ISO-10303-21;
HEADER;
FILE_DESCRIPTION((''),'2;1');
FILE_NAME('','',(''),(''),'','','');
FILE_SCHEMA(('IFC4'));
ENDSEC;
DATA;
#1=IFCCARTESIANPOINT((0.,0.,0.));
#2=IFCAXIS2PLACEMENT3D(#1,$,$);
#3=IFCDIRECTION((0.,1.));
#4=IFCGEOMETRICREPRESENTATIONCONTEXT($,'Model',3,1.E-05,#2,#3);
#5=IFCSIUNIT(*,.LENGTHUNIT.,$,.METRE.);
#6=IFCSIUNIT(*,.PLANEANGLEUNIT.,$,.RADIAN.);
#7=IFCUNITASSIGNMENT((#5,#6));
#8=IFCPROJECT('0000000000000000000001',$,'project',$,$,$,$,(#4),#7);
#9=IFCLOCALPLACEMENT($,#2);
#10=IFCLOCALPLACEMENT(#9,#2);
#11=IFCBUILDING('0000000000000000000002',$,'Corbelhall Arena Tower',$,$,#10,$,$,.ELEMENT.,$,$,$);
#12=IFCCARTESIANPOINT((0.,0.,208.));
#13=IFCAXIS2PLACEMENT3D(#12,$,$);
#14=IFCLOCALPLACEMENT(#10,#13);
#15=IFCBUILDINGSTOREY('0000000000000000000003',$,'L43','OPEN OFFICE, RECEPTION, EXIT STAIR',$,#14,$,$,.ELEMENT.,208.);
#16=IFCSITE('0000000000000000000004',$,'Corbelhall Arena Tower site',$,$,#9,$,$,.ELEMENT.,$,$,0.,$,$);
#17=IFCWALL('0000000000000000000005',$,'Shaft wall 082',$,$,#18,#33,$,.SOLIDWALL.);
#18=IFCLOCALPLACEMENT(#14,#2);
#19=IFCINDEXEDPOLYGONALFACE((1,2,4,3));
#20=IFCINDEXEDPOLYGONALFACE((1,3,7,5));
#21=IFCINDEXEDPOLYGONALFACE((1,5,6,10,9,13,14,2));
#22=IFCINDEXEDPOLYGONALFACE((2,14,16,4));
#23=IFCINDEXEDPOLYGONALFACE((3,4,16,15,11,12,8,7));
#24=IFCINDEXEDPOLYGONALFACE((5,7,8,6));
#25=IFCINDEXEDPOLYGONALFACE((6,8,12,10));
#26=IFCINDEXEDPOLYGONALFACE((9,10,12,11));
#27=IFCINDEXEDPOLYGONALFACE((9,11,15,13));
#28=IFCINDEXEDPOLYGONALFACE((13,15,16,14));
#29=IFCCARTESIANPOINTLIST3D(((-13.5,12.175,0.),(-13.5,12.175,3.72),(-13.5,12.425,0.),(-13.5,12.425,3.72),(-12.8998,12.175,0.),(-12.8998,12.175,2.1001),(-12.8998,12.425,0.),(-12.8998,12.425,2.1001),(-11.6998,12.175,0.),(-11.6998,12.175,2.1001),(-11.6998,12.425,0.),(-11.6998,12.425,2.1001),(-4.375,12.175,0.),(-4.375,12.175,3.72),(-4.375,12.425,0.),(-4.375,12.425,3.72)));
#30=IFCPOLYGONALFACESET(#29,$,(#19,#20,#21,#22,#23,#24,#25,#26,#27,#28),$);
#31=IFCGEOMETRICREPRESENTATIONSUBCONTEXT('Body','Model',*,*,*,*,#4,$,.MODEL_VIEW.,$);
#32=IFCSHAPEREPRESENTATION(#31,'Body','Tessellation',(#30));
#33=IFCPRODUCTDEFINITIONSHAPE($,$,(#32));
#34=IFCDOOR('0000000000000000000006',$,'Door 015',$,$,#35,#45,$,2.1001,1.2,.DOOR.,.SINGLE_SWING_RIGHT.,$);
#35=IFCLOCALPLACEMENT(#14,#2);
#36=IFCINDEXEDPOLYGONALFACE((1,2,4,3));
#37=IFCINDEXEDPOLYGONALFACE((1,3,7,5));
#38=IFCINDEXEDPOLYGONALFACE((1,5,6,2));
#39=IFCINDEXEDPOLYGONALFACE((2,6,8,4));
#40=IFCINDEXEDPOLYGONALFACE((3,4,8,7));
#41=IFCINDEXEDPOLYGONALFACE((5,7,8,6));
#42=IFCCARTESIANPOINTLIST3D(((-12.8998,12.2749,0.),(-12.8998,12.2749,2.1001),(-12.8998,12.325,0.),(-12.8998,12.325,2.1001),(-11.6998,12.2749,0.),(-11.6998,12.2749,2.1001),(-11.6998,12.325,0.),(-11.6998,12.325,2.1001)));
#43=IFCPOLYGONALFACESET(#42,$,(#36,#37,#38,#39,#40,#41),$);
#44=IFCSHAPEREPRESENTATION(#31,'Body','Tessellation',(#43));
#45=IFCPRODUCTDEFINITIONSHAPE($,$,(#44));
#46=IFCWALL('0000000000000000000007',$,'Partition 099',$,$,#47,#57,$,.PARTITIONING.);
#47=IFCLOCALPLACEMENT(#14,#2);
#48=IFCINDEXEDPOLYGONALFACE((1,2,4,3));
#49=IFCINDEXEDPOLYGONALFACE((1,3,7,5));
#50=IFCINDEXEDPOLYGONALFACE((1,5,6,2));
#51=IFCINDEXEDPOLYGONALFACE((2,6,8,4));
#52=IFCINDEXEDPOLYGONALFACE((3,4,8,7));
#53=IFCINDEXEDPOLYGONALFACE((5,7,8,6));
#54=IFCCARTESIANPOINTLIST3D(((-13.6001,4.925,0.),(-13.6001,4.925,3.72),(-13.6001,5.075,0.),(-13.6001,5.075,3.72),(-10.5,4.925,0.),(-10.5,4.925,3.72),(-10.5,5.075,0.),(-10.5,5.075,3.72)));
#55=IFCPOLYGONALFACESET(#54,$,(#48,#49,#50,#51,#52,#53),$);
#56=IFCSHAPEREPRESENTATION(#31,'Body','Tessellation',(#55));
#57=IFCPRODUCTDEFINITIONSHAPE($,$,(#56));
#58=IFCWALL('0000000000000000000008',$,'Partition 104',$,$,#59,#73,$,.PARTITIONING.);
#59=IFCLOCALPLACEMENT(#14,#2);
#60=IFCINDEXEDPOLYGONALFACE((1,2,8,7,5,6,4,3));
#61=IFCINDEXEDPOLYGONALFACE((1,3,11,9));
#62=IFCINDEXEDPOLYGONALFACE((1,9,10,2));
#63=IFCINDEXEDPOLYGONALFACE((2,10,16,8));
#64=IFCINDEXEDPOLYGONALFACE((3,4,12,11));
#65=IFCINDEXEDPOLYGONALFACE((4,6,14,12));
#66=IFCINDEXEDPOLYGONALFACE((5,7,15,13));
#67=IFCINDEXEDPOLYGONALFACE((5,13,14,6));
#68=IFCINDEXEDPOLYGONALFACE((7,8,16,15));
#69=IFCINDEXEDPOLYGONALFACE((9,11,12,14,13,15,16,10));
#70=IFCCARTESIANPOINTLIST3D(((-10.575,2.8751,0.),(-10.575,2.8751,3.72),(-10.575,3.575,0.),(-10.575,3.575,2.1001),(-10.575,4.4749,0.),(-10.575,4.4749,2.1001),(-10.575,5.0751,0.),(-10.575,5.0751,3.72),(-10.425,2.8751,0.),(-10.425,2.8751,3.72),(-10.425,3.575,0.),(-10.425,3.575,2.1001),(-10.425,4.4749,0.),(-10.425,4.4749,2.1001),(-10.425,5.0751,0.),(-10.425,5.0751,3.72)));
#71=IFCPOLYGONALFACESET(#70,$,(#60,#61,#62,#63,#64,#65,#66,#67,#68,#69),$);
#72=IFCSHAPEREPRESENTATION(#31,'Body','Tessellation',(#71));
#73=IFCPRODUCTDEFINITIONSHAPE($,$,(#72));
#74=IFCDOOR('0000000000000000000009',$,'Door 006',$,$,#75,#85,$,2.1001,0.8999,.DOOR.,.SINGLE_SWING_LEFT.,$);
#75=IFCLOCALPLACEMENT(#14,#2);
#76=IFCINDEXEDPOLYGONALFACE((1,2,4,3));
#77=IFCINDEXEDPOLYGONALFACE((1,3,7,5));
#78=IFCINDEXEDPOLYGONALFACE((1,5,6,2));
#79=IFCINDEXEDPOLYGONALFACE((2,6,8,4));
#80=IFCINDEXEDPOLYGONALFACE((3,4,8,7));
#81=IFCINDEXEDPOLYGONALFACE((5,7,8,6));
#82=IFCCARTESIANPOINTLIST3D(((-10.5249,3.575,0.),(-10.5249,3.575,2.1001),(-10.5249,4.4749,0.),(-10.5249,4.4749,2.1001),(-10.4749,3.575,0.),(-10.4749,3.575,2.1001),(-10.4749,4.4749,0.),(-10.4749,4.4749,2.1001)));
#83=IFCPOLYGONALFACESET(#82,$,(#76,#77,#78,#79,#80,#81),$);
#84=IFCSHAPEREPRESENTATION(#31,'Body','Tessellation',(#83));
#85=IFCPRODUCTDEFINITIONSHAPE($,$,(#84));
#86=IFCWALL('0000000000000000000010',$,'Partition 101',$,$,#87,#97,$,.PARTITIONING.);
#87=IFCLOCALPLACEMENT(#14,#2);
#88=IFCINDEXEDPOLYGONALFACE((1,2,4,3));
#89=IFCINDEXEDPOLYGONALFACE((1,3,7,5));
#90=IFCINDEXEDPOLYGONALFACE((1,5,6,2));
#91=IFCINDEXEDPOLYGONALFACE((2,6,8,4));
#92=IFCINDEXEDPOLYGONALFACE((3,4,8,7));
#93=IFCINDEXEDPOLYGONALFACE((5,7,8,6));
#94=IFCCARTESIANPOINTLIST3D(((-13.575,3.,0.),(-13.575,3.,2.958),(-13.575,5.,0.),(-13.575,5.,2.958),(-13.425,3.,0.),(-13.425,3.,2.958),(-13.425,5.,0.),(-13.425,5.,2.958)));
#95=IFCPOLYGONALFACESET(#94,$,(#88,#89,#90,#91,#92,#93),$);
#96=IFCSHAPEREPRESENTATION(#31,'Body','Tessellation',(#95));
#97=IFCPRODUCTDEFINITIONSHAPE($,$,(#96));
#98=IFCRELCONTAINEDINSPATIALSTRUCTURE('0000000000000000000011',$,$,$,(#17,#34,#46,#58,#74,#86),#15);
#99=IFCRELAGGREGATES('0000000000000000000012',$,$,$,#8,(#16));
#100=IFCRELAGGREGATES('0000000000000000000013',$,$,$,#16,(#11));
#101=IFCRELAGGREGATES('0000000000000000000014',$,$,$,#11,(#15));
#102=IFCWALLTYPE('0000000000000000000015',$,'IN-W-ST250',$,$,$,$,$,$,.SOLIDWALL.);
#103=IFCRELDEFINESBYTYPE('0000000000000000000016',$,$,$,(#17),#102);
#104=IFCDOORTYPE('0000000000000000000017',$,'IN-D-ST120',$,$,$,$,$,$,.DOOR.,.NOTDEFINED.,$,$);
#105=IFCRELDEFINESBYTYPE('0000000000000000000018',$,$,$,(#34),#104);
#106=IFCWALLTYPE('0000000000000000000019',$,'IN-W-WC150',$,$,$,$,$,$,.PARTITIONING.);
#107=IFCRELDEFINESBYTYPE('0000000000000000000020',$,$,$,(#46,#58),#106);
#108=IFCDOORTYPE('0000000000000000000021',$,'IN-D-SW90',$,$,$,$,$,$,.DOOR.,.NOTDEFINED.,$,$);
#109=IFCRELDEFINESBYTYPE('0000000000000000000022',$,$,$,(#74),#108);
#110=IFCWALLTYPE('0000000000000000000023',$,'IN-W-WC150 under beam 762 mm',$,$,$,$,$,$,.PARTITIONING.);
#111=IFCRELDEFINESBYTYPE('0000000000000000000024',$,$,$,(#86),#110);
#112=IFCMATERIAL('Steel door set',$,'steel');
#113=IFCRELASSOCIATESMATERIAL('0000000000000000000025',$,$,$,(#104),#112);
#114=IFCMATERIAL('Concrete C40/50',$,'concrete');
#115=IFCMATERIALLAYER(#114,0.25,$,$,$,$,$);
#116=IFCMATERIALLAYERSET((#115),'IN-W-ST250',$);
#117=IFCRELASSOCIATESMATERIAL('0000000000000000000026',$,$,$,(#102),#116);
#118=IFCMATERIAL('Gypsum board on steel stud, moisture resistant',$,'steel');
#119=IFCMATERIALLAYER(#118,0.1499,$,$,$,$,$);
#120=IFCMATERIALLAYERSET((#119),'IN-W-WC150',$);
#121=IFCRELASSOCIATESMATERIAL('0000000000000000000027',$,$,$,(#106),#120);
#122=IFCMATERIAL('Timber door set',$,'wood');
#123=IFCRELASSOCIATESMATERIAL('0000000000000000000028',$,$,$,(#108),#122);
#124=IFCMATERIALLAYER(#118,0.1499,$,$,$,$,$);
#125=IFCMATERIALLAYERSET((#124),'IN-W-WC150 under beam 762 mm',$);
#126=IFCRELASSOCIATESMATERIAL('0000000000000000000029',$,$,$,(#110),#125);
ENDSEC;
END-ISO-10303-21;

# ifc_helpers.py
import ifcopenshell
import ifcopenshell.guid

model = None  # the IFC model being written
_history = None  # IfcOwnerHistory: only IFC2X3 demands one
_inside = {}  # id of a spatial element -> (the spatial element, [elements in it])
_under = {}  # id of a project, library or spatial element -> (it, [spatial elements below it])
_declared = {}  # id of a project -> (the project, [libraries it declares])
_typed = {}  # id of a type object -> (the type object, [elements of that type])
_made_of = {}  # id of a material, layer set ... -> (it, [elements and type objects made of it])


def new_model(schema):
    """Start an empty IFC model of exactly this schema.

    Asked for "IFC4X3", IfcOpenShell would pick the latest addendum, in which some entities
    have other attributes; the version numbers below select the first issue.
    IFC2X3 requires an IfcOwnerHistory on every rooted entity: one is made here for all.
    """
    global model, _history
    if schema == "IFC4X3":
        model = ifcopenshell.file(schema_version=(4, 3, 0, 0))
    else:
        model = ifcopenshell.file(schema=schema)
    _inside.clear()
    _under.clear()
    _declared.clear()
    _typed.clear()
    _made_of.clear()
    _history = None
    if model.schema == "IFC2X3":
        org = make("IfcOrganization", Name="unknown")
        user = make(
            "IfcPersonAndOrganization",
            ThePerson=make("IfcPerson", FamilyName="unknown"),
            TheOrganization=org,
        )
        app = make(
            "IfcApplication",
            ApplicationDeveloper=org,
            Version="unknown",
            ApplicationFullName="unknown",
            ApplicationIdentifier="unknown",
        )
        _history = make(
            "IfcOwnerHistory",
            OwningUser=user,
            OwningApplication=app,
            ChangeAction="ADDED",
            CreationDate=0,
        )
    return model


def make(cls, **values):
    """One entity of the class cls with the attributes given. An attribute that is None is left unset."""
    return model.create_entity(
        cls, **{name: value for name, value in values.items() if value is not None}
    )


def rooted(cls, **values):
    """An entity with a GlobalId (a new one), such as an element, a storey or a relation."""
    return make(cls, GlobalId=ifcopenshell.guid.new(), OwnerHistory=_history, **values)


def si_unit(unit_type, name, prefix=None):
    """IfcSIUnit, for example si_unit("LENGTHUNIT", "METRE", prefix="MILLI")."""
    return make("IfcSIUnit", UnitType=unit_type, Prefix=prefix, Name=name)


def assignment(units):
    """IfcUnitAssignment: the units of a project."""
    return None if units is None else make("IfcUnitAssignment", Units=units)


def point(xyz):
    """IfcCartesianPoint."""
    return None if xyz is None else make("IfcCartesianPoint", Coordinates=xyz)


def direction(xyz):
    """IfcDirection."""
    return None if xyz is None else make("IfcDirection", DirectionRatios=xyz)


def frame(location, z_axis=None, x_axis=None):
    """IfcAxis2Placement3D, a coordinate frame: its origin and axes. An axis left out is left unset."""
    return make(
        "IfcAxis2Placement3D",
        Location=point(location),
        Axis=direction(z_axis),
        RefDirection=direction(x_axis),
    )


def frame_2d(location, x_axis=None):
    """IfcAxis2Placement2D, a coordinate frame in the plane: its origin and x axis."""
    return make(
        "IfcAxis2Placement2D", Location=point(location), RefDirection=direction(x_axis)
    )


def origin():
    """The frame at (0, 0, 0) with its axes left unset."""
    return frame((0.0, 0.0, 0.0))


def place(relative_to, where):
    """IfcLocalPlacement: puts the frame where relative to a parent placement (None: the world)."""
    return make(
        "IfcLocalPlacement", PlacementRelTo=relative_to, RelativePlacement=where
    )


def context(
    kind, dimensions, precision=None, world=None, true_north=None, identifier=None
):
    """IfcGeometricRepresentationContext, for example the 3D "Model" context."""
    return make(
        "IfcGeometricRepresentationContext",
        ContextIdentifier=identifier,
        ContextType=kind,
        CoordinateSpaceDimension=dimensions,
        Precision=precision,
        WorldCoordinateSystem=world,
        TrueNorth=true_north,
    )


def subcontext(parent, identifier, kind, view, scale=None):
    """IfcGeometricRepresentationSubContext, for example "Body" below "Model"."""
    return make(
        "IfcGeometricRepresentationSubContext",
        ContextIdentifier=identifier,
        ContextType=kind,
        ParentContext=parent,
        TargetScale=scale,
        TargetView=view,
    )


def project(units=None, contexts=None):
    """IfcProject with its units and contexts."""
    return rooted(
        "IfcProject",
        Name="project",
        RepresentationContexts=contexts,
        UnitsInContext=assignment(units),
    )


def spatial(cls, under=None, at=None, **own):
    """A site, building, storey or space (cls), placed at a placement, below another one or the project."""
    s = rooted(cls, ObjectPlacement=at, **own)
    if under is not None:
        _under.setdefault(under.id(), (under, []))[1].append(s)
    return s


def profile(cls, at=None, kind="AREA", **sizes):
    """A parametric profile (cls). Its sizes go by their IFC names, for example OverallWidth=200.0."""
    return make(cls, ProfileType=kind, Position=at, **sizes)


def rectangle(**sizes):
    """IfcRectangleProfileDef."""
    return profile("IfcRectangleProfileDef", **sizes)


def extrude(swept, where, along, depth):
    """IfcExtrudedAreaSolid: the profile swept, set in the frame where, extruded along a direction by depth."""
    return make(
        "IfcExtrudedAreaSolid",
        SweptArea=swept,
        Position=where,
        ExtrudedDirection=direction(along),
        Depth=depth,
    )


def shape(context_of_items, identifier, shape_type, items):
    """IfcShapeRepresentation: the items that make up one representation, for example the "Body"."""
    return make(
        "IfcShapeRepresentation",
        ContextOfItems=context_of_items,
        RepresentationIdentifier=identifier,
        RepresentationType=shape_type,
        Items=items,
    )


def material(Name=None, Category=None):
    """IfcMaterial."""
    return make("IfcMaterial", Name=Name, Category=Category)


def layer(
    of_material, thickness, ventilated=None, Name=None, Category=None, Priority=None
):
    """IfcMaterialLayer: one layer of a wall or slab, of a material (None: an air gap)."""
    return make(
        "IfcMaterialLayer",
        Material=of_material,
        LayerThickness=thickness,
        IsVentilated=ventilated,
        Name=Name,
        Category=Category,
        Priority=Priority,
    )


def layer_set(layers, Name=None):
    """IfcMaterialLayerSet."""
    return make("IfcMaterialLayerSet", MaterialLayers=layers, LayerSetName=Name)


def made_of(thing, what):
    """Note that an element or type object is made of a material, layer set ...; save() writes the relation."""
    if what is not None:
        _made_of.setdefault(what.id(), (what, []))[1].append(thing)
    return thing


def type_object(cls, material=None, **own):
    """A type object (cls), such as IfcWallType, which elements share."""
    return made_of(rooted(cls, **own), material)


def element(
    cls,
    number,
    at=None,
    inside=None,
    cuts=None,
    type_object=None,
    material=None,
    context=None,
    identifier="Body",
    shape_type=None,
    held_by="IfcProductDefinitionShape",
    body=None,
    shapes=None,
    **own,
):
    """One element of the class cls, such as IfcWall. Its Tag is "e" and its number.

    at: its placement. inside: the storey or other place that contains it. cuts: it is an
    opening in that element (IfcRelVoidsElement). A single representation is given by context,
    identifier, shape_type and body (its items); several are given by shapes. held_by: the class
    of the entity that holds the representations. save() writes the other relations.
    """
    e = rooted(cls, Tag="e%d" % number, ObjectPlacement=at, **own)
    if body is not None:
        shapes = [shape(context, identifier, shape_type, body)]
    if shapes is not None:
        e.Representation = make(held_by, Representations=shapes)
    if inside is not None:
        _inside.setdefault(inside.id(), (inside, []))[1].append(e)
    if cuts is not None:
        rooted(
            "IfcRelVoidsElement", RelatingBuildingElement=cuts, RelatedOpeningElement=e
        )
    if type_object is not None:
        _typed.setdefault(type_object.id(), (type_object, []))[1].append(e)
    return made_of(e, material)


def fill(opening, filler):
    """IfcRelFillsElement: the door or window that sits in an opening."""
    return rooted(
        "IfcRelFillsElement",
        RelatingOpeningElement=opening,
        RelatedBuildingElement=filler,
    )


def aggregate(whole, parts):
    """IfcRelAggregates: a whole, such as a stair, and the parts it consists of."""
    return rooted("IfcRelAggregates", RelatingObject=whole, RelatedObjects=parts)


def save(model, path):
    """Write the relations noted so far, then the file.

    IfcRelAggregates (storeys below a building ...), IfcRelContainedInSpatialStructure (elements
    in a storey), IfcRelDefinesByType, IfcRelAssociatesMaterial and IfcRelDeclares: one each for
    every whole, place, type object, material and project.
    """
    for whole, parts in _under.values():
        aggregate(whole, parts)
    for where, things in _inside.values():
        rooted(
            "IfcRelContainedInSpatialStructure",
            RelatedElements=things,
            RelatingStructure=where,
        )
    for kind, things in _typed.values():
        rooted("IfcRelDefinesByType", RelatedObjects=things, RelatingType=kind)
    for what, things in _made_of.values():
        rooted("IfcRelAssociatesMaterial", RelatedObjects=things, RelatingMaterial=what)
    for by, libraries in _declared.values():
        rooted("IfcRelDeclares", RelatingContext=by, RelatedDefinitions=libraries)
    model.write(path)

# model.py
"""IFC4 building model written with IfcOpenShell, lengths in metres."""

from ifc_helpers import new_model, si_unit, direction, frame, frame_2d, origin, place, context, subcontext, project, spatial, rectangle, extrude, material, layer, layer_set, type_object, element, fill, save


model = new_model("IFC4")

# Units and contexts
model_context = context("Model", 3, precision=1e-05, world=origin(), true_north=direction((0.0, 1.0)))
body_context = subcontext(model_context, "Body", "Model", "MODEL_VIEW")
ifc_project = project(units=[si_unit("LENGTHUNIT", "METRE"), si_unit("PLANEANGLEUNIT", "RADIAN")], contexts=[model_context])

# Site, building, storey
site_placement = place(None, origin())
site = spatial("IfcSite", under=ifc_project, at=site_placement, Name="Corbelhall Arena Tower site", CompositionType="ELEMENT", RefElevation=0.0)
building_placement = place(site_placement, origin())
building = spatial("IfcBuilding", under=site, at=building_placement, Name="Corbelhall Arena Tower", CompositionType="ELEMENT")
storey_placement = place(building_placement, frame((0.0, 0.0, 208.0)))
storey = spatial("IfcBuildingStorey", under=building, at=storey_placement, Name="L43", Description="OPEN OFFICE, RECEPTION, EXIT STAIR", CompositionType="ELEMENT", Elevation=208.0)

# Shared definitions
ifc_material_1 = material(Name="Steel door set", Category="steel")

# Shared definitions
ifc_material_2 = material(Name="Concrete C40/50", Category="concrete")
door_type_1 = type_object("IfcDoorType", Name="IN-D-ST120", OperationType="NOTDEFINED", PredefinedType="DOOR", material=ifc_material_1)

# Wall, opening, door
ifc_layer_1 = layer(ifc_material_2, 0.25)
ifc_layer_set_1 = layer_set([ifc_layer_1], Name="IN-W-ST250")
wall_type_1 = type_object("IfcWallType", Name="IN-W-ST250", PredefinedType="SOLIDWALL", material=ifc_layer_set_1)
wall_1_placement = place(storey_placement, frame((-13.5, 12.3, 0.0), z_axis=(0.0, 0.0, 1.0), x_axis=(1.0, 0.0, 0.0)))
wall_1 = element("IfcWall", 1, at=wall_1_placement, inside=storey, type_object=wall_type_1, Name="Shaft wall 082", PredefinedType="SOLIDWALL", context=body_context, shape_type="SweptSolid", body=[
    extrude(rectangle(XDim=9.125, YDim=0.25, at=frame_2d((4.5625, 0.0))), origin(), (0.0, 0.0, 1.0), 3.72),
])
opening_1_placement = place(wall_1_placement, frame((0.6001, 0.0, 0.0)))
opening_1 = element("IfcOpeningElement", 2, at=opening_1_placement, cuts=wall_1, PredefinedType="OPENING", context=body_context, shape_type="SweptSolid", body=[
    extrude(rectangle(XDim=1.2, YDim=2.1001, at=frame_2d((0.6001, 1.05))), frame((0.0, 0.125, 0.0), z_axis=(0.0, -1.0, 0.0), x_axis=(1.0, 0.0, 0.0)), (0.0, 0.0, 1.0), 0.25),
])
door_1_placement = place(opening_1_placement, origin())
door_1 = element("IfcDoor", 3, at=door_1_placement, inside=storey, type_object=door_type_1, Name="Door 015", OperationType="SINGLE_SWING_RIGHT", OverallHeight=2.1001, OverallWidth=1.2, PredefinedType="DOOR", context=body_context, shape_type="SweptSolid", body=[
    extrude(rectangle(XDim=1.2, YDim=2.1001, at=frame_2d((0.6001, 1.05))), frame((0.0, 0.0249, 0.0), z_axis=(0.0, -1.0, 0.0), x_axis=(1.0, 0.0, 0.0)), (0.0, 0.0, 1.0), 0.05),
])
fill(opening_1, door_1)

# Wall
ifc_material_3 = material(Name="Gypsum board on steel stud, moisture resistant", Category="steel")
ifc_layer_2 = layer(ifc_material_3, 0.1499)
ifc_layer_set_2 = layer_set([ifc_layer_2], Name="IN-W-WC150")
wall_type_2 = type_object("IfcWallType", Name="IN-W-WC150", PredefinedType="PARTITIONING", material=ifc_layer_set_2)
wall_2_placement = place(storey_placement, frame((-13.6001, 5.0, 0.0), z_axis=(0.0, 0.0, 1.0), x_axis=(1.0, 0.0, 0.0)))
element("IfcWall", 4, at=wall_2_placement, inside=storey, type_object=wall_type_2, Name="Partition 099", PredefinedType="PARTITIONING", context=body_context, shape_type="SweptSolid", body=[
    extrude(rectangle(XDim=3.1001, YDim=0.1499, at=frame_2d((1.55, 0.0))), origin(), (0.0, 0.0, 1.0), 3.72),
])

# Wall, opening, door
wall_3_placement = place(storey_placement, frame((-10.5, 2.875, 0.0), z_axis=(0.0, 0.0, 1.0), x_axis=(0.0, 1.0, 0.0)))
wall_3 = element("IfcWall", 5, at=wall_3_placement, inside=storey, type_object=wall_type_2, Name="Partition 104", PredefinedType="PARTITIONING", context=body_context, shape_type="SweptSolid", body=[
    extrude(rectangle(XDim=2.2, YDim=0.1499, at=frame_2d((1.1001, 0.0))), origin(), (0.0, 0.0, 1.0), 3.72),
])
opening_2_placement = place(wall_3_placement, frame((0.7, 0.0, 0.0)))
opening_2 = element("IfcOpeningElement", 6, at=opening_2_placement, cuts=wall_3, PredefinedType="OPENING", context=body_context, shape_type="SweptSolid", body=[
    extrude(rectangle(XDim=0.8999, YDim=2.1001, at=frame_2d((0.45, 1.05))), frame((0.0, 0.075, 0.0), z_axis=(0.0, -1.0, 0.0), x_axis=(1.0, 0.0, 0.0)), (0.0, 0.0, 1.0), 0.1499),
])
ifc_material_4 = material(Name="Timber door set", Category="wood")
door_type_2 = type_object("IfcDoorType", Name="IN-D-SW90", OperationType="NOTDEFINED", PredefinedType="DOOR", material=ifc_material_4)
door_2_placement = place(opening_2_placement, origin())
door_2 = element("IfcDoor", 7, at=door_2_placement, inside=storey, type_object=door_type_2, Name="Door 006", OperationType="SINGLE_SWING_LEFT", OverallHeight=2.1001, OverallWidth=0.8999, PredefinedType="DOOR", context=body_context, shape_type="SweptSolid", body=[
    extrude(rectangle(XDim=0.8999, YDim=2.1001, at=frame_2d((0.45, 1.05))), frame((0.0, 0.0249, 0.0), z_axis=(0.0, -1.0, 0.0), x_axis=(1.0, 0.0, 0.0)), (0.0, 0.0, 1.0), 0.05),
])
fill(opening_2, door_2)

# Wall
ifc_layer_3 = layer(ifc_material_3, 0.1499)
ifc_layer_set_3 = layer_set([ifc_layer_3], Name="IN-W-WC150 under beam 762 mm")
wall_type_3 = type_object("IfcWallType", Name="IN-W-WC150 under beam 762 mm", PredefinedType="PARTITIONING", material=ifc_layer_set_3)
wall_4_placement = place(storey_placement, frame((-13.5, 3.0, 0.0), z_axis=(0.0, 0.0, 1.0), x_axis=(0.0, 1.0, 0.0)))
element("IfcWall", 8, at=wall_4_placement, inside=storey, type_object=wall_type_3, Name="Partition 101", PredefinedType="PARTITIONING", context=body_context, shape_type="SweptSolid", body=[
    extrude(rectangle(XDim=2.0, YDim=0.1499, at=frame_2d((1.0, 0.0))), origin(), (0.0, 0.0, 1.0), 2.958),
])

save(model, "model.ifc")
